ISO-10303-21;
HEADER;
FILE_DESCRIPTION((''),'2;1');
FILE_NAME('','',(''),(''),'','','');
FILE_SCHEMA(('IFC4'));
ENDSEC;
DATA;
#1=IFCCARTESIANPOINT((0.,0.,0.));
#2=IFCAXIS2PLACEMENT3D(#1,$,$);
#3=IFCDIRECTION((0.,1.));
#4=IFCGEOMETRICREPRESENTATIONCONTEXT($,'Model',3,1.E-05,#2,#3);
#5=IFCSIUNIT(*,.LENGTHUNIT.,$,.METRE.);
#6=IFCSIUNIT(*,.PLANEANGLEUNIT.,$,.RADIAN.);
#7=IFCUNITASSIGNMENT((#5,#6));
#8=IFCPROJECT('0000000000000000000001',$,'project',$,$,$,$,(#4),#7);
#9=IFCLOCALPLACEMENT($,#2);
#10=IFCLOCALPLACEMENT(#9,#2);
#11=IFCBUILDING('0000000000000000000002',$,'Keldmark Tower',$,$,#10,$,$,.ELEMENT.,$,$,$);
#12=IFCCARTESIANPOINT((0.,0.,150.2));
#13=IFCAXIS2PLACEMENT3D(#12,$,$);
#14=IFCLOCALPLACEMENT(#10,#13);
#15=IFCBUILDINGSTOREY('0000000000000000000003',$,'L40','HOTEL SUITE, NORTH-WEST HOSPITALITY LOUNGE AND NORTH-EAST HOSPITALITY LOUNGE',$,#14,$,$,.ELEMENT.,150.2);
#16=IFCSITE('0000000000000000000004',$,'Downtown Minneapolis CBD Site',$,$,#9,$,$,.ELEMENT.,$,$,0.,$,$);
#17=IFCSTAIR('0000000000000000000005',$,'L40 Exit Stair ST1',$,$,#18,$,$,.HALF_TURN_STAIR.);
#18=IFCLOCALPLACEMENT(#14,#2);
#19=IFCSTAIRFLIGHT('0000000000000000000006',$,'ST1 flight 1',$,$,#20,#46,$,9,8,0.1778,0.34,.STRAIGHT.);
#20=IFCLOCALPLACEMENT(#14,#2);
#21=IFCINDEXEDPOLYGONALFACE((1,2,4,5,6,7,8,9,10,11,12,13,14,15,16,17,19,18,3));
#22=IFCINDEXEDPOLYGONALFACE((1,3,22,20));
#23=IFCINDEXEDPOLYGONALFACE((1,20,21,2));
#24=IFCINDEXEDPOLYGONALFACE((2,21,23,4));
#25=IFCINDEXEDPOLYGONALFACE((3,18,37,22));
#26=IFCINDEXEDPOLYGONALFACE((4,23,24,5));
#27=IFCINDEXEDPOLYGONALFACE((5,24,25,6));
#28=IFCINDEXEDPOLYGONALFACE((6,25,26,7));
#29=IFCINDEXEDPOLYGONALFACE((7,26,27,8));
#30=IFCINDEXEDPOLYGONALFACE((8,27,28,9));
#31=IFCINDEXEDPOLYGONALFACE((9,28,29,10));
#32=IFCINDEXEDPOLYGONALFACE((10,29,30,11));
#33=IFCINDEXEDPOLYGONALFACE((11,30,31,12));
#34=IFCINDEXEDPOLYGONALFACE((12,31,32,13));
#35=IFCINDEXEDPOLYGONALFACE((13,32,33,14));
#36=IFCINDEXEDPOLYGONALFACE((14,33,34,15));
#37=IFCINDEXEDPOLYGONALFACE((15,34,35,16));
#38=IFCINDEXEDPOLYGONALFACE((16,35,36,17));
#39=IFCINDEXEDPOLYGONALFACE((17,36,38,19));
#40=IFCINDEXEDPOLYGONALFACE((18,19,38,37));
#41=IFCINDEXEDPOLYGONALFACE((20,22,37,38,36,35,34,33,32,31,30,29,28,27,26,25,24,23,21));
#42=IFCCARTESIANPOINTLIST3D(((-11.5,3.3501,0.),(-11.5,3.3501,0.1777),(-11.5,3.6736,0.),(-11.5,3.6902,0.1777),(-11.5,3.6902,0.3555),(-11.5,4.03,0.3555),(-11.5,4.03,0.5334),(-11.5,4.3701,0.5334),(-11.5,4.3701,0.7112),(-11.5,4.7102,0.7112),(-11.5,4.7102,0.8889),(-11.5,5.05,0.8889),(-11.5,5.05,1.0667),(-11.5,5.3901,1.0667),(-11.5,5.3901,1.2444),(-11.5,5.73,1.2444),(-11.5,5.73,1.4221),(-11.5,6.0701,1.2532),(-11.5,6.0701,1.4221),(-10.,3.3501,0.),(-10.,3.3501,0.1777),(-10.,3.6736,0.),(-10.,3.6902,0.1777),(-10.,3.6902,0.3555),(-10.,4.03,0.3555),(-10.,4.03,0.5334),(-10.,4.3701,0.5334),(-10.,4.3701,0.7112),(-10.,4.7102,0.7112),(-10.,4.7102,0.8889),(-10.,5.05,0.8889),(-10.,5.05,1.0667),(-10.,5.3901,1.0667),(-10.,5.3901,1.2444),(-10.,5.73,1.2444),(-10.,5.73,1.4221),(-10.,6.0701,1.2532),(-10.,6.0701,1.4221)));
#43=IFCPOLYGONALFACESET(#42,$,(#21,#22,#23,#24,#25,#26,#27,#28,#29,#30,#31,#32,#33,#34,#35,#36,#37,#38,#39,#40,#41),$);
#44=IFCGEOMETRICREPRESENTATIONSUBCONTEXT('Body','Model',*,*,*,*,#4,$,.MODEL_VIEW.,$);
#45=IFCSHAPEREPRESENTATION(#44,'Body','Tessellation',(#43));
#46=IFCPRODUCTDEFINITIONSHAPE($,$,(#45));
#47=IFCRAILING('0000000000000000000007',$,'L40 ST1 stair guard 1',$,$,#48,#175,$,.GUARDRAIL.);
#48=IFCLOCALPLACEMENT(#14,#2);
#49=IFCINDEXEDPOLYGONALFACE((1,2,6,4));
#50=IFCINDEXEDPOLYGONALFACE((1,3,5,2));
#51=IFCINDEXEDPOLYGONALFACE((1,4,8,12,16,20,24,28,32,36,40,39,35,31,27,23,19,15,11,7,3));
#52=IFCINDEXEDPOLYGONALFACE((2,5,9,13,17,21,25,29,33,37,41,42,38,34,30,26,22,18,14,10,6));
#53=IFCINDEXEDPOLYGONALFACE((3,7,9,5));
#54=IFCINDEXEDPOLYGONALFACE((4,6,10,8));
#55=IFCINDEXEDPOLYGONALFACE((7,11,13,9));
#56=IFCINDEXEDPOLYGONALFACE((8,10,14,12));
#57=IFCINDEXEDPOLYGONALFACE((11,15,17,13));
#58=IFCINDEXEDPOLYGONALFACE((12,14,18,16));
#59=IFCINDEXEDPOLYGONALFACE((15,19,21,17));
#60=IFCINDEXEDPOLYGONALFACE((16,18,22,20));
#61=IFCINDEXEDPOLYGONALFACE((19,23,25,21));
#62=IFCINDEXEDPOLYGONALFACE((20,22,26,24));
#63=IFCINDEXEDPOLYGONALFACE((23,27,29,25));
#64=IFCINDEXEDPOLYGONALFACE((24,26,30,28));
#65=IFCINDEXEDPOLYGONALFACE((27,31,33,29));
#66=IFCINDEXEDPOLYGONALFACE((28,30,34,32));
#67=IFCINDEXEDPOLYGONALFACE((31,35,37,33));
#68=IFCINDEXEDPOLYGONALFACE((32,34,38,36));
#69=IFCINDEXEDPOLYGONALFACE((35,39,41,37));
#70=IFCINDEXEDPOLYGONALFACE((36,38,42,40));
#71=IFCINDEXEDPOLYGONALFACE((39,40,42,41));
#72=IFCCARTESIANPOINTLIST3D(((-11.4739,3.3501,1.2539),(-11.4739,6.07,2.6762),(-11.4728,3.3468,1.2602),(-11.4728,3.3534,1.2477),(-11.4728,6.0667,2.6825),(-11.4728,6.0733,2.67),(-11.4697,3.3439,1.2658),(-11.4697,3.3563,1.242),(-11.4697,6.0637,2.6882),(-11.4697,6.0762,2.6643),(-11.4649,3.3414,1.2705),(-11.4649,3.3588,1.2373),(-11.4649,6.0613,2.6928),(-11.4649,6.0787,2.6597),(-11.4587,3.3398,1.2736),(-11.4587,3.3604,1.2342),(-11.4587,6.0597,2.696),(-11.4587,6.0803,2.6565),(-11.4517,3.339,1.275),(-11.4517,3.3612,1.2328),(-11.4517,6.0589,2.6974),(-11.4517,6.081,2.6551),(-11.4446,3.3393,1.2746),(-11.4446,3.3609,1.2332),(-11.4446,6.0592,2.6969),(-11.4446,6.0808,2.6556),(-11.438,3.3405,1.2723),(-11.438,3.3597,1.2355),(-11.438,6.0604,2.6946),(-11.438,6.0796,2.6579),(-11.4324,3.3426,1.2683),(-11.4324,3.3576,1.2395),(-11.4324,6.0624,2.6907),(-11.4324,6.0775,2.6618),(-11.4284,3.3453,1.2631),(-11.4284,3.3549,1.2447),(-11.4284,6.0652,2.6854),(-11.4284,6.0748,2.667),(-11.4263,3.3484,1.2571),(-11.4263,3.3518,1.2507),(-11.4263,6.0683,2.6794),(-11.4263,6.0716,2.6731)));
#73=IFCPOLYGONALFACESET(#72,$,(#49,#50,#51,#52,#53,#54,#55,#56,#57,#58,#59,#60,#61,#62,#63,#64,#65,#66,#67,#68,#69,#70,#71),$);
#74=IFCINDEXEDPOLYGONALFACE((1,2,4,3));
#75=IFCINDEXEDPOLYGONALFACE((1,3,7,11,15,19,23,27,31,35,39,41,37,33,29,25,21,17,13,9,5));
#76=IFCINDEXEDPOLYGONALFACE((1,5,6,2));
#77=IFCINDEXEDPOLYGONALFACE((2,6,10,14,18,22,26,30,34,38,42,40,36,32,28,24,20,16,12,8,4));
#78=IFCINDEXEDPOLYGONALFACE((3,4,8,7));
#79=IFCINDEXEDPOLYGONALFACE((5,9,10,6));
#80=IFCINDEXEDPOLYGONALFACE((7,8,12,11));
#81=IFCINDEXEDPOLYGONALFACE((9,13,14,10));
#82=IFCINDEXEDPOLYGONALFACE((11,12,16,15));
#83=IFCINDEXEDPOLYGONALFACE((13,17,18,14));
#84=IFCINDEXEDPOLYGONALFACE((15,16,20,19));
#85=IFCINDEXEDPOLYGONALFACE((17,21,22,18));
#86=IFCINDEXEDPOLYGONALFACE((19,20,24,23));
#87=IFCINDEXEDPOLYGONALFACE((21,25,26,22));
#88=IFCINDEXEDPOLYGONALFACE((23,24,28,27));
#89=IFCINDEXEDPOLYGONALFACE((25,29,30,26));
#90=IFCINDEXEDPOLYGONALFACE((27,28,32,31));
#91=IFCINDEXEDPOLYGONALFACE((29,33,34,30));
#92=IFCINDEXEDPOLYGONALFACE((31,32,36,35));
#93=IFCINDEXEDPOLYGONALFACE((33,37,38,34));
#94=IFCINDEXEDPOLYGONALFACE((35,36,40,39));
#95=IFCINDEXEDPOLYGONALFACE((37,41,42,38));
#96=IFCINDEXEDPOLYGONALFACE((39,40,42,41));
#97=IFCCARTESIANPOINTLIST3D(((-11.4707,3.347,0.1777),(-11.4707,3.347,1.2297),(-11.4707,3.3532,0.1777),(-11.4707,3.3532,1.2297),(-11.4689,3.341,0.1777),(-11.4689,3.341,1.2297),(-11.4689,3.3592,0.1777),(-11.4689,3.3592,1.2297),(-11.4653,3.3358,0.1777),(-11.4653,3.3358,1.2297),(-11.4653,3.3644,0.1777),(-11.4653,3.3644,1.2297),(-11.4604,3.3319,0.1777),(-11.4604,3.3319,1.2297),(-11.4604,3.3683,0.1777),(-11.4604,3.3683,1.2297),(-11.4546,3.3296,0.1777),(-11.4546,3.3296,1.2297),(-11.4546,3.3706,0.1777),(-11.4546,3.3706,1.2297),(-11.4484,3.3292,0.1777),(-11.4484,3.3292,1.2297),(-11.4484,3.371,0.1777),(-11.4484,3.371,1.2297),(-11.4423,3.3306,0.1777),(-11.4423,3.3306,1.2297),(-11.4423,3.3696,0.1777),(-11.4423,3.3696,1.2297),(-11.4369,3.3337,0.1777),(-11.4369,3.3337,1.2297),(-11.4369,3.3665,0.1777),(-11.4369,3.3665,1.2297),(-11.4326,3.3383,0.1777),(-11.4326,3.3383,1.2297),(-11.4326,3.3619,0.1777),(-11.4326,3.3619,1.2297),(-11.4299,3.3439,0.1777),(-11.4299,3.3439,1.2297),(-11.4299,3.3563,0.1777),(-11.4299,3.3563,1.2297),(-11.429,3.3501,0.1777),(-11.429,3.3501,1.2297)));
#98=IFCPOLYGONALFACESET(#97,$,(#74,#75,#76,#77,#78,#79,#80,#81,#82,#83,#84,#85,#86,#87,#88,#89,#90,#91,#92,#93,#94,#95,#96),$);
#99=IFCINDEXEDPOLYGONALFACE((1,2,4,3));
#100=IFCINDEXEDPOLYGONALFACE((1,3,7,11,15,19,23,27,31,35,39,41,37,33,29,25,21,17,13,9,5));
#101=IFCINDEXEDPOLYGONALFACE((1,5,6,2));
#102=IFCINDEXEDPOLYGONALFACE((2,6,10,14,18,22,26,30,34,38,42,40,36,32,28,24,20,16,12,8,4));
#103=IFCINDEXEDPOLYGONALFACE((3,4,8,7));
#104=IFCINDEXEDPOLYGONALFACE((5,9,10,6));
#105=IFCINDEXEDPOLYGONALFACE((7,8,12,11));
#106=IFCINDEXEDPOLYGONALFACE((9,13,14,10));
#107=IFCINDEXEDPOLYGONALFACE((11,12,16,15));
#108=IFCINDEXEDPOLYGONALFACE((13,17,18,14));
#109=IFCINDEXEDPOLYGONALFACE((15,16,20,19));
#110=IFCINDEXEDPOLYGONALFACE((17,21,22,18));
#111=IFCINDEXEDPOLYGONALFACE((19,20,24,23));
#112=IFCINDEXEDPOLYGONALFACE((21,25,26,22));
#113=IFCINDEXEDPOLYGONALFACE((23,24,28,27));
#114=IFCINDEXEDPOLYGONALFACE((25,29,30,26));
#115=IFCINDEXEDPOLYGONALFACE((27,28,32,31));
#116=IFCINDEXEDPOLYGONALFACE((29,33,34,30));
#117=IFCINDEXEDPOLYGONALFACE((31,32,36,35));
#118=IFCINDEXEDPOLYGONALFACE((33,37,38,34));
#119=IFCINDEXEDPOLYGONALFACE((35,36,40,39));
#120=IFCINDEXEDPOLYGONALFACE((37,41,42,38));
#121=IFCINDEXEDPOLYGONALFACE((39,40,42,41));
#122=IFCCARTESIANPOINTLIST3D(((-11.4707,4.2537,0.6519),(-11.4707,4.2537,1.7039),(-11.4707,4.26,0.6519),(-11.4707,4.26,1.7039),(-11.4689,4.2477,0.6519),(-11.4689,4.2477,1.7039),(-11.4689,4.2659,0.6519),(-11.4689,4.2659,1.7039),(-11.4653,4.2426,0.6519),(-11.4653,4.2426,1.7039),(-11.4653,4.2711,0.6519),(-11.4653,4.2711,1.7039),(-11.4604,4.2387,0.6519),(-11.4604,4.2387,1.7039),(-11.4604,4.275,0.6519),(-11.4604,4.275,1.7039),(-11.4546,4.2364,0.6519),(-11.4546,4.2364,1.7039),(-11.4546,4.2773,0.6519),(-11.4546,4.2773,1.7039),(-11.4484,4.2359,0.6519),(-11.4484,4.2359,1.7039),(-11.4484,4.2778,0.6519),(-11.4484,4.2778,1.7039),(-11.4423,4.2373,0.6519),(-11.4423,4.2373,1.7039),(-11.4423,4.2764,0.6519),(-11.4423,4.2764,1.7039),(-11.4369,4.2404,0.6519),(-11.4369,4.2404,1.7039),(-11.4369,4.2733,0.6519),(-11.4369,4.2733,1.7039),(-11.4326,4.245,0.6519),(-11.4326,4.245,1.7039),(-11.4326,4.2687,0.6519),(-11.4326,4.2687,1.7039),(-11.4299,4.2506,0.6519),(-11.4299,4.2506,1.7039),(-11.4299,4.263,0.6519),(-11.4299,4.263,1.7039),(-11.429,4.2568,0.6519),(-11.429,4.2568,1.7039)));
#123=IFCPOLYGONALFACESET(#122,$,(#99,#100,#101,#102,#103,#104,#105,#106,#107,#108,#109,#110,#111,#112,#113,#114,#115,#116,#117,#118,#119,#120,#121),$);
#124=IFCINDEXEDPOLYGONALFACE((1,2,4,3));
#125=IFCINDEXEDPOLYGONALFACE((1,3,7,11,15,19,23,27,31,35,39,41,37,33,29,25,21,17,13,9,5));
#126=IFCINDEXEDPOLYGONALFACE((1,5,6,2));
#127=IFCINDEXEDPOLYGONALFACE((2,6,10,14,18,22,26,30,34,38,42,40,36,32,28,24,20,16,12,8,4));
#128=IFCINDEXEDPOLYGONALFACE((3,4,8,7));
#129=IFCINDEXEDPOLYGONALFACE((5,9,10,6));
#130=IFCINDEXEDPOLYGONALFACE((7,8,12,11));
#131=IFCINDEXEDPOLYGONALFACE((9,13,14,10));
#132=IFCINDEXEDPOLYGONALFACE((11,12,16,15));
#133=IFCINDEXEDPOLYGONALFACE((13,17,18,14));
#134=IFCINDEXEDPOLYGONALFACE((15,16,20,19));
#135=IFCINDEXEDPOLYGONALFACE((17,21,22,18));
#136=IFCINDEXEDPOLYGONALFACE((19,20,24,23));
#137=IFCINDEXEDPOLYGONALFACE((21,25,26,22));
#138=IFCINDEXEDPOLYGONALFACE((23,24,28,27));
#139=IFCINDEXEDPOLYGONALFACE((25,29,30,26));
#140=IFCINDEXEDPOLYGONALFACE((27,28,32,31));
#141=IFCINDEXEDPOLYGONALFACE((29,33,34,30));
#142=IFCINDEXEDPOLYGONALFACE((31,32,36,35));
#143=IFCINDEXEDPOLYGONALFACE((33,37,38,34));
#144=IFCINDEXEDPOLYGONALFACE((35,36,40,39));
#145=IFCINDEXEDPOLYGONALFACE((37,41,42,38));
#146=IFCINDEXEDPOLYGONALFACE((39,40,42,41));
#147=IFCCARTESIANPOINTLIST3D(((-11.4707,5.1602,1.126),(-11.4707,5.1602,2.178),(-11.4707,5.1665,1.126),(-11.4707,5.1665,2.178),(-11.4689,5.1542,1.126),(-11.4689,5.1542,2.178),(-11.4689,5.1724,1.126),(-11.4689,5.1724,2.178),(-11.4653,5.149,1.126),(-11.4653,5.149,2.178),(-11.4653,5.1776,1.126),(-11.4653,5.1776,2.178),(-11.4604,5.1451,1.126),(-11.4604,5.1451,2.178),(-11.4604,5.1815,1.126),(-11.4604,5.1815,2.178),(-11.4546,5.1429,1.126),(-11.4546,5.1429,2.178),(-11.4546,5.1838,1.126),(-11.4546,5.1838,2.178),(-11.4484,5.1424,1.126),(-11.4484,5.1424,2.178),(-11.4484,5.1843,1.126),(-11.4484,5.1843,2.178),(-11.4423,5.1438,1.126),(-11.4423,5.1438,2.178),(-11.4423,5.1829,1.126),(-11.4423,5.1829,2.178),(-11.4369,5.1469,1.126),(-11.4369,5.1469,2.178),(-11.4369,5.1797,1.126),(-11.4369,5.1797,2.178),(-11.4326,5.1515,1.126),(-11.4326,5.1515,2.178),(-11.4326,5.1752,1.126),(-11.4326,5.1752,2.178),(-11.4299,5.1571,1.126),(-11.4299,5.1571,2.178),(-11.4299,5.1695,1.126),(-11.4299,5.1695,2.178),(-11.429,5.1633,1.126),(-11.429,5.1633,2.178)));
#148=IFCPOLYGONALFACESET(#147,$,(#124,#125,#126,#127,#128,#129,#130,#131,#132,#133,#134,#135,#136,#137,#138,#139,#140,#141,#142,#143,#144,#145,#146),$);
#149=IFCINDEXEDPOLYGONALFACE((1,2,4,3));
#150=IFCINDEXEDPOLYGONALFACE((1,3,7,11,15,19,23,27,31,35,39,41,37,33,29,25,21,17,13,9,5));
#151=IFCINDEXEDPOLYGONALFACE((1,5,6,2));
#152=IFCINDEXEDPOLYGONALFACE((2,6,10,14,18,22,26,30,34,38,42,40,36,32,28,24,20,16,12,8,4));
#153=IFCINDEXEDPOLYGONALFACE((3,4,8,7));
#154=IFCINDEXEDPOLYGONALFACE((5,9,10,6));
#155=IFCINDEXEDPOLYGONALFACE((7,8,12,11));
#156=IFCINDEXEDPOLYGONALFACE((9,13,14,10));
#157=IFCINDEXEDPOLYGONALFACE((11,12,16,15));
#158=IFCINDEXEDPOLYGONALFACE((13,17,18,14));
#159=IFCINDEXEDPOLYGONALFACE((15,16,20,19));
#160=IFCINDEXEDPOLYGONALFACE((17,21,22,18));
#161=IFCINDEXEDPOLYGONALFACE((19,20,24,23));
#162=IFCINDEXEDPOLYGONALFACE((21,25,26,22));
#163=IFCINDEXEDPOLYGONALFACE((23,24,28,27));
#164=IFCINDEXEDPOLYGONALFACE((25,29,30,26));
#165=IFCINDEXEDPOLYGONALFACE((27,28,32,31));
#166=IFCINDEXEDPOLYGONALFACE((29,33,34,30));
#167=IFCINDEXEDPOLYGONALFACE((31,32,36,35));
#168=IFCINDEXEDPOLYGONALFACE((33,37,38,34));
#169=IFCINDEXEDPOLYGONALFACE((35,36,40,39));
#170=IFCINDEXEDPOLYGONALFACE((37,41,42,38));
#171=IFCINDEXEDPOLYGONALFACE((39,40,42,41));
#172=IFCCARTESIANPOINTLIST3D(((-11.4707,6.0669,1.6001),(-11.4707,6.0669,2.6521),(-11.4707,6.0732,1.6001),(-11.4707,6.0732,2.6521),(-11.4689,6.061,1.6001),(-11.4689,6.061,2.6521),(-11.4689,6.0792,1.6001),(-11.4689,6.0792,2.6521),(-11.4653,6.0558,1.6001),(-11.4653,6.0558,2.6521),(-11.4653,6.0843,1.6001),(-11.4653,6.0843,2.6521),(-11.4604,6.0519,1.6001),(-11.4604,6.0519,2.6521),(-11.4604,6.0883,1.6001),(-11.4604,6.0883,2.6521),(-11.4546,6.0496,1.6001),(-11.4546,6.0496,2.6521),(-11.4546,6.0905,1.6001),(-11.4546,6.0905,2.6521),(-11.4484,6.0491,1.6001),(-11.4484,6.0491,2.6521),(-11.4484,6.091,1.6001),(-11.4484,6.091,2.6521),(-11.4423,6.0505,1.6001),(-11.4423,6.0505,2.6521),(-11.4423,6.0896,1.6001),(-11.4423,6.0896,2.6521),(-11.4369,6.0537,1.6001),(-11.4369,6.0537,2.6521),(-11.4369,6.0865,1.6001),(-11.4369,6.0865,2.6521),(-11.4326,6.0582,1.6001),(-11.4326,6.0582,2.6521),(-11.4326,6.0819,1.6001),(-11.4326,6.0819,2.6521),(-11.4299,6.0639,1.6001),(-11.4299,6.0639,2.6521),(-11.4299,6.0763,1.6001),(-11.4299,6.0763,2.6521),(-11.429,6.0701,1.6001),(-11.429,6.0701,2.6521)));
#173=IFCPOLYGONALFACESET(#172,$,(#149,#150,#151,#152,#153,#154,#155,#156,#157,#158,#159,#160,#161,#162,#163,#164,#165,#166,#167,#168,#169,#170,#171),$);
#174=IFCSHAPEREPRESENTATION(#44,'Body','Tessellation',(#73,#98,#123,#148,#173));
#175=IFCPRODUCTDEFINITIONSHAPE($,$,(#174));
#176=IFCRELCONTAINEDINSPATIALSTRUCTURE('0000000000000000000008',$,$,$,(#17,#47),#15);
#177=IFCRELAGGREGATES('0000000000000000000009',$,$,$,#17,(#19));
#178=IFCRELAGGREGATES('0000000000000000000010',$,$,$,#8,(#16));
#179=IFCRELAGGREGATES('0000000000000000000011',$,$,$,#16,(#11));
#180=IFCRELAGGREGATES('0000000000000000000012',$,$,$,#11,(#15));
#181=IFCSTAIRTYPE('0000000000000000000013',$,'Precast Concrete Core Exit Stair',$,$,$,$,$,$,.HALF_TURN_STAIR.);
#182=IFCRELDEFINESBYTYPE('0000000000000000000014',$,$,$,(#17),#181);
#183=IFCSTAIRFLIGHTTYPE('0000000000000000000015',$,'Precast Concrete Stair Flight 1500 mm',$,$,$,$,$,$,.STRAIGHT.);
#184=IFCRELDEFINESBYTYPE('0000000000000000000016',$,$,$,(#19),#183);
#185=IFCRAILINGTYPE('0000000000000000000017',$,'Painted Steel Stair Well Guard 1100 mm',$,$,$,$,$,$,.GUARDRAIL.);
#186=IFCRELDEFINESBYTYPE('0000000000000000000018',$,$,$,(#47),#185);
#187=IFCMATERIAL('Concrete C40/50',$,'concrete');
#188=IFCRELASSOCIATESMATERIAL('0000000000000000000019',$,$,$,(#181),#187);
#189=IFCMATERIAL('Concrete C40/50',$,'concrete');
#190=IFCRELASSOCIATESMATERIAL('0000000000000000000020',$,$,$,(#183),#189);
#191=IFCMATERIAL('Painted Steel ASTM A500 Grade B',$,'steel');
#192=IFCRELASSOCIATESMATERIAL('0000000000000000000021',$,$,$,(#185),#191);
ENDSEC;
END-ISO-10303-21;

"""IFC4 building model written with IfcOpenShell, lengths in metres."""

from ifc_helpers import new_model, si_unit, direction, frame, origin, origin_2d, place, context, subcontext, project, spatial, polyline, circle, outline, extrude, material, type_object, element, aggregate, save


model = new_model("IFC4")

# Units and contexts
model_context = context("Model", 3, precision=1e-05, world=origin(), true_north=direction((0.0, 1.0)))
body_context = subcontext(model_context, "Body", "Model", "MODEL_VIEW")
ifc_project = project(units=[si_unit("LENGTHUNIT", "METRE"), si_unit("PLANEANGLEUNIT", "RADIAN")], contexts=[model_context])

# Site, building, storey
site_placement = place(None, origin())
site = spatial("IfcSite", under=ifc_project, at=site_placement, Name="Downtown Minneapolis CBD Site", CompositionType="ELEMENT", RefElevation=0.0)
building_placement = place(site_placement, origin())
building = spatial("IfcBuilding", under=site, at=building_placement, Name="Keldmark Tower", CompositionType="ELEMENT")
storey_placement = place(building_placement, frame((0.0, 0.0, 150.2)))
storey = spatial("IfcBuildingStorey", under=building, at=storey_placement, Name="L40", Description="HOTEL SUITE, NORTH-WEST HOSPITALITY LOUNGE AND NORTH-EAST HOSPITALITY LOUNGE", CompositionType="ELEMENT", Elevation=150.2)

# Stair, stair flight
ifc_material_1 = material(Name="Concrete C40/50", Category="concrete")
stair_type = type_object("IfcStairType", Name="Precast Concrete Core Exit Stair", PredefinedType="HALF_TURN_STAIR", material=ifc_material_1)
stair_placement = place(storey_placement, origin())
stair = element("IfcStair", 1, at=stair_placement, inside=storey, type_object=stair_type, Name="L40 Exit Stair ST1", PredefinedType="HALF_TURN_STAIR")
ifc_material_2 = material(Name="Concrete C40/50", Category="concrete")
stair_flight_type = type_object("IfcStairFlightType", Name="Precast Concrete Stair Flight 1500 mm", PredefinedType="STRAIGHT", material=ifc_material_2)
stair_flight_placement = place(storey_placement, frame((-10.75, 3.3501, 0.0), z_axis=(0.0, 0.0, 1.0), x_axis=(0.0, 1.0, 0.0)))
stair_flight = element("IfcStairFlight", 2, at=stair_flight_placement, type_object=stair_flight_type, Name="ST1 flight 1", NumberOfRisers=9, NumberOfTreads=8, PredefinedType="STRAIGHT", RiserHeight=0.1778, TreadLength=0.34, context=body_context, shape_type="SweptSolid", body=[
    extrude(outline(polyline([(0.0, 0.0), (0.0, 0.1777), (0.3401, 0.1777), (0.3401, 0.3555), (0.6799, 0.3555), (0.6799, 0.5334), (1.02, 0.5334), (1.02, 0.7112), (1.3601, 0.7112), (1.3601, 0.8889), (1.7, 0.8889), (1.7, 1.0667), (2.04, 1.0667), (2.04, 1.2444), (2.3799, 1.2444), (2.3799, 1.4221), (2.72, 1.4221), (2.72, 1.6001), (2.72, 1.2532), (0.3235, 0.0), (0.0, 0.0)])), frame((0.0, 0.75, 0.0), z_axis=(0.0, -1.0, 0.0), x_axis=(1.0, 0.0, 0.0)), (0.0, 0.0, 1.0), 1.5),
])
aggregate(stair, [stair_flight])

# Railing
ifc_material_3 = material(Name="Painted Steel ASTM A500 Grade B", Category="steel")
railing_type_1 = type_object("IfcRailingType", Name="Painted Steel Stair Well Guard 1100 mm", PredefinedType="GUARDRAIL", material=ifc_material_3)
railing_1_placement = place(storey_placement, frame((-11.45, 3.3501, 0.1777)))
element("IfcRailing", 3, at=railing_1_placement, inside=storey, type_object=railing_type_1, Name="L40 ST1 stair guard 1", PredefinedType="GUARDRAIL", context=body_context, shape_type="SweptSolid", body=[
    extrude(circle(Radius=0.0239, at=origin_2d()), frame((0.0, 0.0, 1.0762), z_axis=(0.0, 0.88615, 0.463398), x_axis=(-1.0, 0.0, 0.0)), (0.0, 0.0, 1.0), 3.0693),
    extrude(circle(Radius=0.021, at=origin_2d()), origin(), (0.0, 0.0, 1.0), 1.052),
    extrude(circle(Radius=0.021, at=origin_2d()), frame((0.0, 0.9067, 0.4741)), (0.0, 0.0, 1.0), 1.052),
    extrude(circle(Radius=0.021, at=origin_2d()), frame((0.0, 1.8132, 0.9482)), (0.0, 0.0, 1.0), 1.052),
    extrude(circle(Radius=0.021, at=origin_2d()), frame((0.0, 2.72, 1.4224)), (0.0, 0.0, 1.0), 1.052),
])

save(model, "model.ifc")
